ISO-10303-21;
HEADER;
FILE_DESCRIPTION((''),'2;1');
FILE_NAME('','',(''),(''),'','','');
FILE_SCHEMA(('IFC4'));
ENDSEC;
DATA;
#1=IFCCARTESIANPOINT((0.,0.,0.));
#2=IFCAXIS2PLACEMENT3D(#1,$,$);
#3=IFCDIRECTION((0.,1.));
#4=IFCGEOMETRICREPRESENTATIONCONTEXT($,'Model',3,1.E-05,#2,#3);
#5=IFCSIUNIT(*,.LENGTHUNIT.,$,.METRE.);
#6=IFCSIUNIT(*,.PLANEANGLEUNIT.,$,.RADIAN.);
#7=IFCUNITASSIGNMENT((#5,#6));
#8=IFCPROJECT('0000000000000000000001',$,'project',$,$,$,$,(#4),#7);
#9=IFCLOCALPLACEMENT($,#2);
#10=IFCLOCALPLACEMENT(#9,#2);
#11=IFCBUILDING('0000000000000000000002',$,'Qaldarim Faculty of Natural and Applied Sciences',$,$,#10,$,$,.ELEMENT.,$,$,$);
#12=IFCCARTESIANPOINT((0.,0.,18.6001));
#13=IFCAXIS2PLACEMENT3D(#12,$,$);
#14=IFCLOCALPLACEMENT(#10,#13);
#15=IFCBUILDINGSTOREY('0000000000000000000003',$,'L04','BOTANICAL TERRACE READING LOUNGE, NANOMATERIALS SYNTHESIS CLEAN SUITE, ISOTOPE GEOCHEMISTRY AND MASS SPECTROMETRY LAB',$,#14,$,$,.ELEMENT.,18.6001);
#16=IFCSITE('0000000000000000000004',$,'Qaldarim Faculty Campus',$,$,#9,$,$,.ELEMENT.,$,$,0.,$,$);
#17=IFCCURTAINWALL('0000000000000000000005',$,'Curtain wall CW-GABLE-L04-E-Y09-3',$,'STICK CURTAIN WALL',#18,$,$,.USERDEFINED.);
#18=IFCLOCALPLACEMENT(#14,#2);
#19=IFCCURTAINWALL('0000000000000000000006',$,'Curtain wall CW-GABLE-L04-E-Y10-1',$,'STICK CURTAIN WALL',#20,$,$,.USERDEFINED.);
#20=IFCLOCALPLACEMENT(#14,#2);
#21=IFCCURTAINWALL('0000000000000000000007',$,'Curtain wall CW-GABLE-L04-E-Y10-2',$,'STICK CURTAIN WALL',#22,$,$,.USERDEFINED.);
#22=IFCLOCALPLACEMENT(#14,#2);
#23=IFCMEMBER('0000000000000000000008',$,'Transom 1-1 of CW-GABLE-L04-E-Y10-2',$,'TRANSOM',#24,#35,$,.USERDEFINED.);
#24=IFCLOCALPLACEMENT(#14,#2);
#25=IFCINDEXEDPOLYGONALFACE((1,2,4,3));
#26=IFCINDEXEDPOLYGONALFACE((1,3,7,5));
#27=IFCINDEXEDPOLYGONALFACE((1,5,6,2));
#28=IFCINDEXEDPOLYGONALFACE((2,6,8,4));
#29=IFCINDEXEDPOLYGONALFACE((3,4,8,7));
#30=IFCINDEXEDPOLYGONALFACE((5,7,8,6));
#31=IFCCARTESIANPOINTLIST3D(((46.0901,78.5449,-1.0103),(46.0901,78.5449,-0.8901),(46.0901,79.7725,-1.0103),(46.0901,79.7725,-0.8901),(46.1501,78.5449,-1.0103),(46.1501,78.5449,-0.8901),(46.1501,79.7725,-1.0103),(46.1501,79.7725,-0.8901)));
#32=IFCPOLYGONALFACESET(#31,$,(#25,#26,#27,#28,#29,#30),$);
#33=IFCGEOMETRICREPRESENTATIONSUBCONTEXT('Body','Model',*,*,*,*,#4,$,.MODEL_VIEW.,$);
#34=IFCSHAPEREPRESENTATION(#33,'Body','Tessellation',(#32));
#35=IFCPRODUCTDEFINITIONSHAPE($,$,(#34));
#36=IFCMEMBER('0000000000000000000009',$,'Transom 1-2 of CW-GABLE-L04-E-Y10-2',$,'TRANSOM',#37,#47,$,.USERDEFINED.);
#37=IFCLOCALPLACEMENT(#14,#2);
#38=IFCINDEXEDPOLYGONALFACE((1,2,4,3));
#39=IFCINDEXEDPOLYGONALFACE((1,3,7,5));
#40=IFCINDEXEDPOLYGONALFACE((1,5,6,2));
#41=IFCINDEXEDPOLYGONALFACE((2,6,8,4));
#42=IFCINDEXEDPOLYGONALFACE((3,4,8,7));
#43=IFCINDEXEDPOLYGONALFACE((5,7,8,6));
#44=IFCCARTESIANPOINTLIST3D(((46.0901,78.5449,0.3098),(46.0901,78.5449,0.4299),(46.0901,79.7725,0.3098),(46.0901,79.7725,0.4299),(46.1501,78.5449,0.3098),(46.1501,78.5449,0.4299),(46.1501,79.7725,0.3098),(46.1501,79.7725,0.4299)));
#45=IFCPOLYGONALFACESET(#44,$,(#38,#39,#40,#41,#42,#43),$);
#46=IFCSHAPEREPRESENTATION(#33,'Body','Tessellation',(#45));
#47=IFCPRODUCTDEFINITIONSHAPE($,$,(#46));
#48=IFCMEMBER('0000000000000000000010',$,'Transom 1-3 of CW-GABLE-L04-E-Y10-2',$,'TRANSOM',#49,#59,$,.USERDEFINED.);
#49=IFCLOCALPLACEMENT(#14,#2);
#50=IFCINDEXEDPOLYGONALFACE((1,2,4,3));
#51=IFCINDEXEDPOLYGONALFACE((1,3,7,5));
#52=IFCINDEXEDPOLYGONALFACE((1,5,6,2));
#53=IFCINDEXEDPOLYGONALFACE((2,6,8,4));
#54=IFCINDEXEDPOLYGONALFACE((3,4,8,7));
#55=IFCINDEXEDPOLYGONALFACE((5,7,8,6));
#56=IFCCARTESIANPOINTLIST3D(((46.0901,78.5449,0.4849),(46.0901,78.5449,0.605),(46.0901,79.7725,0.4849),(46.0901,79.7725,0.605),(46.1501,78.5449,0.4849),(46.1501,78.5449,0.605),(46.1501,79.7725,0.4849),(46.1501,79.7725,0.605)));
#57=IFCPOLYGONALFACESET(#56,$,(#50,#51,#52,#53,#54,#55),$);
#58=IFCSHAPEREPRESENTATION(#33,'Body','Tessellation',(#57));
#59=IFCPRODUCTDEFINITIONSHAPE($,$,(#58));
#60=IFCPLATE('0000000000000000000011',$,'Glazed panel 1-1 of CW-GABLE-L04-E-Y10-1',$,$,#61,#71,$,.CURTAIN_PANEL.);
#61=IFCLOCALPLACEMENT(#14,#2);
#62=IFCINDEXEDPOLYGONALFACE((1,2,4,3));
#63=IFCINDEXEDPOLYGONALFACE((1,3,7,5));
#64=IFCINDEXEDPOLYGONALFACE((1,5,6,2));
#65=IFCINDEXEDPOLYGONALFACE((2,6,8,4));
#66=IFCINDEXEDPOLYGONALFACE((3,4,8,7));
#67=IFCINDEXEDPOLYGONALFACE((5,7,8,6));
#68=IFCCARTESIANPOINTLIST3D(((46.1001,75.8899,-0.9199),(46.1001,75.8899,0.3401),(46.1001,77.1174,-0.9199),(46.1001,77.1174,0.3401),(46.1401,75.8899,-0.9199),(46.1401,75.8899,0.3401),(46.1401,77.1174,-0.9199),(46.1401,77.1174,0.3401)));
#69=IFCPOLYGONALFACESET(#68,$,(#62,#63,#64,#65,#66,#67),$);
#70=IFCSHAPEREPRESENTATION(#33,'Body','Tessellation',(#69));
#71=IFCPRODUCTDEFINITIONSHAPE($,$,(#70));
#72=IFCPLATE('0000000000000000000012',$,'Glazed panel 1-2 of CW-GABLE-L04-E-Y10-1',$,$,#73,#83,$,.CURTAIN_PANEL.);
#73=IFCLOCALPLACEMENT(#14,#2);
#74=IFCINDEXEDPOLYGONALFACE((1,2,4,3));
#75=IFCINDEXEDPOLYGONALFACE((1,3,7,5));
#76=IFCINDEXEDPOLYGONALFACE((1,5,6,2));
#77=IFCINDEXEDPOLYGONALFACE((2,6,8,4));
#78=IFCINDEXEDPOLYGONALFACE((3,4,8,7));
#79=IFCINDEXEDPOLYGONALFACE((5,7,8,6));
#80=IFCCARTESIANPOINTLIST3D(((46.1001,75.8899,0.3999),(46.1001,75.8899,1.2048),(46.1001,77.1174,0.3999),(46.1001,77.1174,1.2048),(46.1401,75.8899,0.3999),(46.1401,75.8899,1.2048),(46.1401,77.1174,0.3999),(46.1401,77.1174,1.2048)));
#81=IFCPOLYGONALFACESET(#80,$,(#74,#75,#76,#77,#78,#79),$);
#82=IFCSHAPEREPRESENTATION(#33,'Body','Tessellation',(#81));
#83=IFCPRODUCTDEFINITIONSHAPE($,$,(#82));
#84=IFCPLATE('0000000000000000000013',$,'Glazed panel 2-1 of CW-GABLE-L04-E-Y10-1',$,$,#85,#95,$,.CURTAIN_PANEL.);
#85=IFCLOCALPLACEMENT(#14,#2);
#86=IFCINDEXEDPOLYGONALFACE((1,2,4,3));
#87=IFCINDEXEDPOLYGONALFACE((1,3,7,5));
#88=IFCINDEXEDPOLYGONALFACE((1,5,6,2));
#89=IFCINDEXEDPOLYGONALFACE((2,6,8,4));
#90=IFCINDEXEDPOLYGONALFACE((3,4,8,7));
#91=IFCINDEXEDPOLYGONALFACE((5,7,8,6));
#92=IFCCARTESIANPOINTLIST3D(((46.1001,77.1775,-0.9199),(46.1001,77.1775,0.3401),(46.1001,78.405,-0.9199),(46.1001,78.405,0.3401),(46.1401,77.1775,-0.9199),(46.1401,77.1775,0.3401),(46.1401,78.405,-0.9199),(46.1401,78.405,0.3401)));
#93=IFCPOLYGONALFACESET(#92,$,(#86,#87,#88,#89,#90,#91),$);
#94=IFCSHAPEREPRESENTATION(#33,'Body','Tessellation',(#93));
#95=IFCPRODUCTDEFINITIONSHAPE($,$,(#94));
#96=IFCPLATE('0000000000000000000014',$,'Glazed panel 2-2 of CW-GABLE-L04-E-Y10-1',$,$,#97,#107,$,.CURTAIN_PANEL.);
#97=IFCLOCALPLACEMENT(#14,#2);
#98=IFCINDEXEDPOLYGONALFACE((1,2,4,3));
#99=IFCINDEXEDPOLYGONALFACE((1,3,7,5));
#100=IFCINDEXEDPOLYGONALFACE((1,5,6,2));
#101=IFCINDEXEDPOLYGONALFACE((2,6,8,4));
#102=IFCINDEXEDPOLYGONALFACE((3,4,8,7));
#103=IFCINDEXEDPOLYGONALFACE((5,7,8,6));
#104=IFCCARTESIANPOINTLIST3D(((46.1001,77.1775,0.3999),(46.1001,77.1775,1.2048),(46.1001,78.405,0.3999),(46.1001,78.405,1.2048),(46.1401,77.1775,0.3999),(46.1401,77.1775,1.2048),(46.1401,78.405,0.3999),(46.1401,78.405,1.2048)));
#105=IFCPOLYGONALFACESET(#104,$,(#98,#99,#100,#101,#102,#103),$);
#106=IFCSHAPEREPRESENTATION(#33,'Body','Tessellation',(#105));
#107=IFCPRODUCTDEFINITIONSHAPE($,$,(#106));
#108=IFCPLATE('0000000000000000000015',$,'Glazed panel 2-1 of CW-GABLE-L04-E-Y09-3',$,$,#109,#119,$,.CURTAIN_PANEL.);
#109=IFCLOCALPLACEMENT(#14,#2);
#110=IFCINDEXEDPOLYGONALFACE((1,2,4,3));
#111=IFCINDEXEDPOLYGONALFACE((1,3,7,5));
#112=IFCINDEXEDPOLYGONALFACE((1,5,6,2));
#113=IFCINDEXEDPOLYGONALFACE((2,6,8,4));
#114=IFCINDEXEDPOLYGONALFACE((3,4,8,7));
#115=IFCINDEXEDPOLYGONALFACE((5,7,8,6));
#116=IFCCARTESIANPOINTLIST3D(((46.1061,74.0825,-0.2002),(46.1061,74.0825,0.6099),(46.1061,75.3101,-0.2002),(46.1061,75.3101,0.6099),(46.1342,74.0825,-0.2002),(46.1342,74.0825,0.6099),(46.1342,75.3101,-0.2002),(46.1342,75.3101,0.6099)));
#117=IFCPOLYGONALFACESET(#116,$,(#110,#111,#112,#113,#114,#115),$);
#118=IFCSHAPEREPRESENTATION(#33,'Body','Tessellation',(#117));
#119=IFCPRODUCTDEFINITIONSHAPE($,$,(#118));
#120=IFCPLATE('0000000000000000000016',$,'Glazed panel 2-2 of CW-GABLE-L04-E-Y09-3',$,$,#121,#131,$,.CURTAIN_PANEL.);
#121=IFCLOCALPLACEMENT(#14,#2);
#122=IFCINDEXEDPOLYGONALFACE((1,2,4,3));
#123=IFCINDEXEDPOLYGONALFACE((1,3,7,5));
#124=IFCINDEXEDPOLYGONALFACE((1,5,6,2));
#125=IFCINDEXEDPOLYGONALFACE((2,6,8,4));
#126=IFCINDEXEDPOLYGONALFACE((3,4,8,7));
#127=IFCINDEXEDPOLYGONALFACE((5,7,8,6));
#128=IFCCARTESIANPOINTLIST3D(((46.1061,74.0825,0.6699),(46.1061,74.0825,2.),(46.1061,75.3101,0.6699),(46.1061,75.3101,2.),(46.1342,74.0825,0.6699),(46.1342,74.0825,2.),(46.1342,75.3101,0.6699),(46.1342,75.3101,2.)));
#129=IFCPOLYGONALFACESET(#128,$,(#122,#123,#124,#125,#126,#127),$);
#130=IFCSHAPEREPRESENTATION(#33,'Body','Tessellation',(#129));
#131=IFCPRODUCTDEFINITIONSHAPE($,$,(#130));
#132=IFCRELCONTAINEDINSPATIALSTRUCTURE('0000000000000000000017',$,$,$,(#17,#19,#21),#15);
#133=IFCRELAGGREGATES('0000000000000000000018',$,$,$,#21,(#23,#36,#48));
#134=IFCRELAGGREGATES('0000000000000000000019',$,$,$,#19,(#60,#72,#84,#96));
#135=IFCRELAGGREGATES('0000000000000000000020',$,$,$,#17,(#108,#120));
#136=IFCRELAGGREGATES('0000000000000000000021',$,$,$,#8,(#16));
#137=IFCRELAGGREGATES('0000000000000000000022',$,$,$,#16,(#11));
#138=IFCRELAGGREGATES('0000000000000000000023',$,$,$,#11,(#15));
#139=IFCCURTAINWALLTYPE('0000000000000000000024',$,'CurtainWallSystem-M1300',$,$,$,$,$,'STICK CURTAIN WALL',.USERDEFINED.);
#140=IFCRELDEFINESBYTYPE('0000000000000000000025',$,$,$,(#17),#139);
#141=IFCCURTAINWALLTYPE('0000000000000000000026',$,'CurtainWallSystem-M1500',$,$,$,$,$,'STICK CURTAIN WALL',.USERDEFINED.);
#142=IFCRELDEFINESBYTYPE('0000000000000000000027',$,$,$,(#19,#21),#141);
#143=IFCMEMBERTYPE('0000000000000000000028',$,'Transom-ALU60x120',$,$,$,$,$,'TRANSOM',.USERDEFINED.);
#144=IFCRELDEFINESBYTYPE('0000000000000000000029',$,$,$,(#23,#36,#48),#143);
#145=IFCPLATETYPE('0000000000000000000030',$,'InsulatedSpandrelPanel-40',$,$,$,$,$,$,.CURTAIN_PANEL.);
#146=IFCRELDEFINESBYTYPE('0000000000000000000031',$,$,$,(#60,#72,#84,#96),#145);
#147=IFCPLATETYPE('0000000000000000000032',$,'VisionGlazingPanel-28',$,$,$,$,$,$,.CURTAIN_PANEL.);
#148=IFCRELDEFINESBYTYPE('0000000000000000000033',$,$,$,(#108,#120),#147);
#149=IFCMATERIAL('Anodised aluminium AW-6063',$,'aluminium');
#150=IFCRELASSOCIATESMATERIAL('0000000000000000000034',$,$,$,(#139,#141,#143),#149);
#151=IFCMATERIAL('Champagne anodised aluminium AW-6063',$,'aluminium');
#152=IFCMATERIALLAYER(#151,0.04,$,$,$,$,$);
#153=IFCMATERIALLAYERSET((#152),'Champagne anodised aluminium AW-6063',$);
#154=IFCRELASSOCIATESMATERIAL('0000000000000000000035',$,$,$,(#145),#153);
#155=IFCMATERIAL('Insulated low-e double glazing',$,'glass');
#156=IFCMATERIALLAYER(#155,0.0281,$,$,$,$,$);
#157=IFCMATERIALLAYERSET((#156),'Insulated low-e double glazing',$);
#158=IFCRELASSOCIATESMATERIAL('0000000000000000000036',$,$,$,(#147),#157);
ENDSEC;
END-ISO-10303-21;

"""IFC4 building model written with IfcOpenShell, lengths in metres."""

from ifc_helpers import new_model, si_unit, direction, frame, origin, origin_2d, place, context, subcontext, project, spatial, rectangle, extrude, material, layer, layer_set, material_profile, profile_set, type_object, element, aggregate, save


model = new_model("IFC4")

# Units and contexts
model_context = context("Model", 3, precision=1e-05, world=origin(), true_north=direction((0.0, 1.0)))
body_context = subcontext(model_context, "Body", "Model", "MODEL_VIEW")
ifc_project = project(units=[si_unit("LENGTHUNIT", "METRE"), si_unit("PLANEANGLEUNIT", "RADIAN")], contexts=[model_context])

# Site, building, storey
site_placement = place(None, origin())
site = spatial("IfcSite", under=ifc_project, at=site_placement, Name="Qaldarim Faculty Campus", CompositionType="ELEMENT", RefElevation=0.0)
building_placement = place(site_placement, origin())
building = spatial("IfcBuilding", under=site, at=building_placement, Name="Qaldarim Faculty of Natural and Applied Sciences", CompositionType="ELEMENT")
storey_placement = place(building_placement, frame((0.0, 0.0, 18.6001)))
storey = spatial("IfcBuildingStorey", under=building, at=storey_placement, Name="L04", Description="BOTANICAL TERRACE READING LOUNGE, NANOMATERIALS SYNTHESIS CLEAN SUITE, ISOTOPE GEOCHEMISTRY AND MASS SPECTROMETRY LAB", CompositionType="ELEMENT", Elevation=18.6001)

# Curtain wall
ifc_material_1 = material(Name="Anodised aluminium AW-6063", Category="aluminium")
curtain_wall_type_1 = type_object("IfcCurtainWallType", Name="CurtainWallSystem-M1300", ElementType="STICK CURTAIN WALL", PredefinedType="USERDEFINED", material=ifc_material_1)
curtain_wall_1_placement = place(storey_placement, origin())
curtain_wall_1 = element("IfcCurtainWall", 1, at=curtain_wall_1_placement, inside=storey, type_object=curtain_wall_type_1, Name="Curtain wall CW-GABLE-L04-E-Y09-3", ObjectType="STICK CURTAIN WALL", PredefinedType="USERDEFINED")

# Curtain wall
curtain_wall_type_2 = type_object("IfcCurtainWallType", Name="CurtainWallSystem-M1500", ElementType="STICK CURTAIN WALL", PredefinedType="USERDEFINED", material=ifc_material_1)
curtain_wall_2_placement = place(storey_placement, origin())
curtain_wall_2 = element("IfcCurtainWall", 2, at=curtain_wall_2_placement, inside=storey, type_object=curtain_wall_type_2, Name="Curtain wall CW-GABLE-L04-E-Y10-1", ObjectType="STICK CURTAIN WALL", PredefinedType="USERDEFINED")

# Curtain wall
curtain_wall_3_placement = place(storey_placement, origin())
curtain_wall_3 = element("IfcCurtainWall", 3, at=curtain_wall_3_placement, inside=storey, type_object=curtain_wall_type_2, Name="Curtain wall CW-GABLE-L04-E-Y10-2", ObjectType="STICK CURTAIN WALL", PredefinedType="USERDEFINED")

# Members
ifc_material_profile_1 = material_profile(ifc_material_1, rectangle(XDim=0.0601, YDim=0.1201, at=origin_2d()), Name="ALU-T60x120")
ifc_profile_set_1 = profile_set([ifc_material_profile_1], Name="Anodised aluminium AW-6063")
member_type_1 = type_object("IfcMemberType", Name="Transom-ALU60x120", ElementType="TRANSOM", PredefinedType="USERDEFINED", material=ifc_profile_set_1)
member_1_placement = place(storey_placement, frame((46.1201, 78.5449, -0.9502), z_axis=(0.0, 1.0, 0.0), x_axis=(-1.0, 0.0, 0.0)))
member_1 = element("IfcMember", 4, at=member_1_placement, type_object=member_type_1, Name="Transom 1-1 of CW-GABLE-L04-E-Y10-2", ObjectType="TRANSOM", PredefinedType="USERDEFINED", context=body_context, shape_type="SweptSolid", body=[
    extrude(rectangle(XDim=0.0601, YDim=0.1201, at=origin_2d()), origin(), (0.0, 0.0, 1.0), 1.2275),
])
member_2_placement = place(storey_placement, frame((46.1201, 78.5449, 0.3699), z_axis=(0.0, 1.0, 0.0), x_axis=(-1.0, 0.0, 0.0)))
member_2 = element("IfcMember", 5, at=member_2_placement, type_object=member_type_1, Name="Transom 1-2 of CW-GABLE-L04-E-Y10-2", ObjectType="TRANSOM", PredefinedType="USERDEFINED", context=body_context, shape_type="SweptSolid", body=[
    extrude(rectangle(XDim=0.0601, YDim=0.1201, at=origin_2d()), origin(), (0.0, 0.0, 1.0), 1.2275),
])
member_3_placement = place(storey_placement, frame((46.1201, 78.5449, 0.5449), z_axis=(0.0, 1.0, 0.0), x_axis=(-1.0, 0.0, 0.0)))
member_3 = element("IfcMember", 6, at=member_3_placement, type_object=member_type_1, Name="Transom 1-3 of CW-GABLE-L04-E-Y10-2", ObjectType="TRANSOM", PredefinedType="USERDEFINED", context=body_context, shape_type="SweptSolid", body=[
    extrude(rectangle(XDim=0.0601, YDim=0.1201, at=origin_2d()), origin(), (0.0, 0.0, 1.0), 1.2275),
])
aggregate(curtain_wall_3, [member_1, member_2, member_3])

# Plates
ifc_material_2 = material(Name="Champagne anodised aluminium AW-6063", Category="aluminium")
ifc_layer_1 = layer(ifc_material_2, 0.04)
ifc_layer_set_1 = layer_set([ifc_layer_1], Name="Champagne anodised aluminium AW-6063")
plate_type_1 = type_object("IfcPlateType", Name="InsulatedSpandrelPanel-40", PredefinedType="CURTAIN_PANEL", material=ifc_layer_set_1)
plate_1_placement = place(storey_placement, frame((46.1201, 76.5037, -0.9199), z_axis=(0.0, 0.0, 1.0), x_axis=(0.0, 1.0, 0.0)))
plate_1 = element("IfcPlate", 7, at=plate_1_placement, type_object=plate_type_1, Name="Glazed panel 1-1 of CW-GABLE-L04-E-Y10-1", PredefinedType="CURTAIN_PANEL", context=body_context, shape_type="SweptSolid", body=[
    extrude(rectangle(XDim=1.2275, YDim=0.04, at=origin_2d()), origin(), (0.0, 0.0, 1.0), 1.26),
])
plate_2_placement = place(storey_placement, frame((46.1201, 76.5037, 0.3999), z_axis=(0.0, 0.0, 1.0), x_axis=(0.0, 1.0, 0.0)))
plate_2 = element("IfcPlate", 8, at=plate_2_placement, type_object=plate_type_1, Name="Glazed panel 1-2 of CW-GABLE-L04-E-Y10-1", PredefinedType="CURTAIN_PANEL", context=body_context, shape_type="SweptSolid", body=[
    extrude(rectangle(XDim=1.2275, YDim=0.04, at=origin_2d()), origin(), (0.0, 0.0, 1.0), 0.8049),
])
plate_3_placement = place(storey_placement, frame((46.1201, 77.7913, -0.9199), z_axis=(0.0, 0.0, 1.0), x_axis=(0.0, 1.0, 0.0)))
plate_3 = element("IfcPlate", 9, at=plate_3_placement, type_object=plate_type_1, Name="Glazed panel 2-1 of CW-GABLE-L04-E-Y10-1", PredefinedType="CURTAIN_PANEL", context=body_context, shape_type="SweptSolid", body=[
    extrude(rectangle(XDim=1.2275, YDim=0.04, at=origin_2d()), origin(), (0.0, 0.0, 1.0), 1.26),
])
plate_4_placement = place(storey_placement, frame((46.1201, 77.7913, 0.3999), z_axis=(0.0, 0.0, 1.0), x_axis=(0.0, 1.0, 0.0)))
plate_4 = element("IfcPlate", 10, at=plate_4_placement, type_object=plate_type_1, Name="Glazed panel 2-2 of CW-GABLE-L04-E-Y10-1", PredefinedType="CURTAIN_PANEL", context=body_context, shape_type="SweptSolid", body=[
    extrude(rectangle(XDim=1.2275, YDim=0.04, at=origin_2d()), origin(), (0.0, 0.0, 1.0), 0.8049),
])
aggregate(curtain_wall_2, [plate_1, plate_2, plate_3, plate_4])
ifc_material_3 = material(Name="Insulated low-e double glazing", Category="glass")
ifc_layer_2 = layer(ifc_material_3, 0.0281)
ifc_layer_set_2 = layer_set([ifc_layer_2], Name="Insulated low-e double glazing")
plate_type_2 = type_object("IfcPlateType", Name="VisionGlazingPanel-28", PredefinedType="CURTAIN_PANEL", material=ifc_layer_set_2)
plate_5_placement = place(storey_placement, frame((46.1201, 74.6963, -0.2002), z_axis=(0.0, 0.0, 1.0), x_axis=(0.0, 1.0, 0.0)))
plate_5 = element("IfcPlate", 11, at=plate_5_placement, type_object=plate_type_2, Name="Glazed panel 2-1 of CW-GABLE-L04-E-Y09-3", PredefinedType="CURTAIN_PANEL", context=body_context, shape_type="SweptSolid", body=[
    extrude(rectangle(XDim=1.2275, YDim=0.0281, at=origin_2d()), origin(), (0.0, 0.0, 1.0), 0.8101),
])
plate_6_placement = place(storey_placement, frame((46.1201, 74.6963, 0.6699), z_axis=(0.0, 0.0, 1.0), x_axis=(0.0, 1.0, 0.0)))
plate_6 = element("IfcPlate", 12, at=plate_6_placement, type_object=plate_type_2, Name="Glazed panel 2-2 of CW-GABLE-L04-E-Y09-3", PredefinedType="CURTAIN_PANEL", context=body_context, shape_type="SweptSolid", body=[
    extrude(rectangle(XDim=1.2275, YDim=0.0281, at=origin_2d()), origin(), (0.0, 0.0, 1.0), 1.3301),
])
aggregate(curtain_wall_1, [plate_5, plate_6])

save(model, "model.ifc")
